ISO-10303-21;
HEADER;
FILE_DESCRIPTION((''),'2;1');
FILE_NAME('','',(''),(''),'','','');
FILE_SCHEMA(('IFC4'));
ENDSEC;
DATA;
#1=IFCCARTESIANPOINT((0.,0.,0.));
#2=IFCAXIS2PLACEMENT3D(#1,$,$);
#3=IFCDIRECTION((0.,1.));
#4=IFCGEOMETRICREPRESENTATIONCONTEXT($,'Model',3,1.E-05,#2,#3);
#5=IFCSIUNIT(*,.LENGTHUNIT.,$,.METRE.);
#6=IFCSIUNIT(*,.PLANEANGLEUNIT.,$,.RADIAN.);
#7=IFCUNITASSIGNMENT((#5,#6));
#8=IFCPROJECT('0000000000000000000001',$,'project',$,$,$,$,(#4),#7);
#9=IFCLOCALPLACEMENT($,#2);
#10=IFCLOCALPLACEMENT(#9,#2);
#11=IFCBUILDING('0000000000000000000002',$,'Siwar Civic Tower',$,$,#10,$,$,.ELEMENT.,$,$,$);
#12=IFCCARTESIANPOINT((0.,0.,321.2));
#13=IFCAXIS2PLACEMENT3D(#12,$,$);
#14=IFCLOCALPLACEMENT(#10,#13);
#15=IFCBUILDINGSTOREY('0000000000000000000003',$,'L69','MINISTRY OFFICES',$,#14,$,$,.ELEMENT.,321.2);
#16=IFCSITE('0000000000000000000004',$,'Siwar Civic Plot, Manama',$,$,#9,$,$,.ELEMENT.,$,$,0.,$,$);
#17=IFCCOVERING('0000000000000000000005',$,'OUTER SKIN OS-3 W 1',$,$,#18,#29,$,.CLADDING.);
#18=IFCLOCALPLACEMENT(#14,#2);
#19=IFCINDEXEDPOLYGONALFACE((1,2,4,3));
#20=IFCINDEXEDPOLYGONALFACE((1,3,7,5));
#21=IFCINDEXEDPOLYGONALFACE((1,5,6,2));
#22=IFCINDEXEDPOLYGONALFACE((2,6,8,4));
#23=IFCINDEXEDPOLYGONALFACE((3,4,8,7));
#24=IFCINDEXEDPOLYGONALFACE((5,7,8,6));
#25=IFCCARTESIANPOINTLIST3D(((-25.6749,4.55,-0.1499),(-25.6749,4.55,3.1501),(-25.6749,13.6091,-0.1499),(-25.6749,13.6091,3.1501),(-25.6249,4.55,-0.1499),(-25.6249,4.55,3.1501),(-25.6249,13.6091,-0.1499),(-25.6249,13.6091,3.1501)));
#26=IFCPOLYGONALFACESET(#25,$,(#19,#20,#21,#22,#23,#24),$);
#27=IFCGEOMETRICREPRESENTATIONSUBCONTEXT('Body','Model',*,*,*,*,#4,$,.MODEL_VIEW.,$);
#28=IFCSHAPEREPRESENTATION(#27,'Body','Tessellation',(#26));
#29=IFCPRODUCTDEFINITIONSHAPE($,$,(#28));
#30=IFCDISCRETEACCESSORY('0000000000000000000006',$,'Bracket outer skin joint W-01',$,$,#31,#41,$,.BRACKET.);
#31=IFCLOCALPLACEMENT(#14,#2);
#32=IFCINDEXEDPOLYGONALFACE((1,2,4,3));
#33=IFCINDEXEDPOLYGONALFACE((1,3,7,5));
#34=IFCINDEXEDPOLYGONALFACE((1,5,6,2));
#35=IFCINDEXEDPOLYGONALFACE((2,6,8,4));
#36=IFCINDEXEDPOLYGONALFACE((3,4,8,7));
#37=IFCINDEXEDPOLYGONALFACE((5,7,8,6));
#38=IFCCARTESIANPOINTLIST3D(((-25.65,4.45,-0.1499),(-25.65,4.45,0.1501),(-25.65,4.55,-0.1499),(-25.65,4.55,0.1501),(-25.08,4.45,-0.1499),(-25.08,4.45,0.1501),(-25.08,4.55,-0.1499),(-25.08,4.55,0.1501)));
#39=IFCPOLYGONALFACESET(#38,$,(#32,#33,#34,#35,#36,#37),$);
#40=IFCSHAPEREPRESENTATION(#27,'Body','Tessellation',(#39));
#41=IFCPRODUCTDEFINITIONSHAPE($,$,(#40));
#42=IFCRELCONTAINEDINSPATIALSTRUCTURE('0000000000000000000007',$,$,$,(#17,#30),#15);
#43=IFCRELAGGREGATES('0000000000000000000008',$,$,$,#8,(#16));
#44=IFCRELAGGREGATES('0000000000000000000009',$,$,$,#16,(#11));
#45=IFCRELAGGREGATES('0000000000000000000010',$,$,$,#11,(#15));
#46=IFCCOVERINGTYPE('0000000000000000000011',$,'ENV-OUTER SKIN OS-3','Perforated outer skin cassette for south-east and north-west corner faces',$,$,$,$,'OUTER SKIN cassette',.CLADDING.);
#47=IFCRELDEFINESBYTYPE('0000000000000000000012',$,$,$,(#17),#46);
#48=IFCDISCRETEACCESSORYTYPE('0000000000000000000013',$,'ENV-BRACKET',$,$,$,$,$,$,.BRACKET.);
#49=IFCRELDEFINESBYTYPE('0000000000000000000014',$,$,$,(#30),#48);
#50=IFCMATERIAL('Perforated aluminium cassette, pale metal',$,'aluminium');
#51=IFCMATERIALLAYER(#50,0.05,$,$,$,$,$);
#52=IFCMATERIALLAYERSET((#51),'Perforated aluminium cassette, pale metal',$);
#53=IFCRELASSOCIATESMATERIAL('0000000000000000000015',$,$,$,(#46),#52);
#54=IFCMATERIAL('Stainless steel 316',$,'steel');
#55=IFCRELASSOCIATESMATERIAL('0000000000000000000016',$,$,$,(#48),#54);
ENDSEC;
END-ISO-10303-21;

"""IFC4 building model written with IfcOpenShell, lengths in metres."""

from ifc_helpers import new_model, si_unit, direction, frame, origin, origin_2d, place, context, subcontext, project, spatial, rectangle, extrude, material, layer, layer_set, type_object, element, save


model = new_model("IFC4")

# Units and contexts
model_context = context("Model", 3, precision=1e-05, world=origin(), true_north=direction((0.0, 1.0)))
body_context = subcontext(model_context, "Body", "Model", "MODEL_VIEW")
ifc_project = project(units=[si_unit("LENGTHUNIT", "METRE"), si_unit("PLANEANGLEUNIT", "RADIAN")], contexts=[model_context])

# Site, building, storey
site_placement = place(None, origin())
site = spatial("IfcSite", under=ifc_project, at=site_placement, Name="Siwar Civic Plot, Manama", CompositionType="ELEMENT", RefElevation=0.0)
building_placement = place(site_placement, origin())
building = spatial("IfcBuilding", under=site, at=building_placement, Name="Siwar Civic Tower", CompositionType="ELEMENT")
storey_placement = place(building_placement, frame((0.0, 0.0, 321.2)))
storey = spatial("IfcBuildingStorey", under=building, at=storey_placement, Name="L69", Description="MINISTRY OFFICES", CompositionType="ELEMENT", Elevation=321.2)

# Covering
ifc_material_1 = material(Name="Perforated aluminium cassette, pale metal", Category="aluminium")
ifc_layer_1 = layer(ifc_material_1, 0.05)
ifc_layer_set_1 = layer_set([ifc_layer_1], Name="Perforated aluminium cassette, pale metal")
covering_type = type_object("IfcCoveringType", Name="ENV-OUTER SKIN OS-3", Description="Perforated outer skin cassette for south-east and north-west corner faces", ElementType="OUTER SKIN cassette", PredefinedType="CLADDING", material=ifc_layer_set_1)
covering_placement = place(storey_placement, frame((-25.6499, 9.0796, -0.1499), z_axis=(0.0, 0.0, 1.0), x_axis=(0.0, -1.0, 0.0)))
element("IfcCovering", 1, at=covering_placement, inside=storey, type_object=covering_type, Name="OUTER SKIN OS-3 W 1", PredefinedType="CLADDING", context=body_context, shape_type="SweptSolid", body=[
    extrude(rectangle(XDim=9.0591, YDim=0.05, at=origin_2d()), origin(), (0.0, 0.0, 1.0), 3.3),
])

# Discrete accessory
ifc_material_2 = material(Name="Stainless steel 316", Category="steel")
discrete_accessory_type = type_object("IfcDiscreteAccessoryType", Name="ENV-BRACKET", PredefinedType="BRACKET", material=ifc_material_2)
discrete_accessory_placement = place(storey_placement, frame((-25.365, 4.5, -0.1499), z_axis=(0.0, 0.0, 1.0), x_axis=(-1.0, 0.0, 0.0)))
element("IfcDiscreteAccessory", 2, at=discrete_accessory_placement, inside=storey, type_object=discrete_accessory_type, Name="Bracket outer skin joint W-01", PredefinedType="BRACKET", context=body_context, shape_type="SweptSolid", body=[
    extrude(rectangle(XDim=0.5701, YDim=0.1001, at=origin_2d()), origin(), (0.0, 0.0, 1.0), 0.3),
])

save(model, "model.ifc")
